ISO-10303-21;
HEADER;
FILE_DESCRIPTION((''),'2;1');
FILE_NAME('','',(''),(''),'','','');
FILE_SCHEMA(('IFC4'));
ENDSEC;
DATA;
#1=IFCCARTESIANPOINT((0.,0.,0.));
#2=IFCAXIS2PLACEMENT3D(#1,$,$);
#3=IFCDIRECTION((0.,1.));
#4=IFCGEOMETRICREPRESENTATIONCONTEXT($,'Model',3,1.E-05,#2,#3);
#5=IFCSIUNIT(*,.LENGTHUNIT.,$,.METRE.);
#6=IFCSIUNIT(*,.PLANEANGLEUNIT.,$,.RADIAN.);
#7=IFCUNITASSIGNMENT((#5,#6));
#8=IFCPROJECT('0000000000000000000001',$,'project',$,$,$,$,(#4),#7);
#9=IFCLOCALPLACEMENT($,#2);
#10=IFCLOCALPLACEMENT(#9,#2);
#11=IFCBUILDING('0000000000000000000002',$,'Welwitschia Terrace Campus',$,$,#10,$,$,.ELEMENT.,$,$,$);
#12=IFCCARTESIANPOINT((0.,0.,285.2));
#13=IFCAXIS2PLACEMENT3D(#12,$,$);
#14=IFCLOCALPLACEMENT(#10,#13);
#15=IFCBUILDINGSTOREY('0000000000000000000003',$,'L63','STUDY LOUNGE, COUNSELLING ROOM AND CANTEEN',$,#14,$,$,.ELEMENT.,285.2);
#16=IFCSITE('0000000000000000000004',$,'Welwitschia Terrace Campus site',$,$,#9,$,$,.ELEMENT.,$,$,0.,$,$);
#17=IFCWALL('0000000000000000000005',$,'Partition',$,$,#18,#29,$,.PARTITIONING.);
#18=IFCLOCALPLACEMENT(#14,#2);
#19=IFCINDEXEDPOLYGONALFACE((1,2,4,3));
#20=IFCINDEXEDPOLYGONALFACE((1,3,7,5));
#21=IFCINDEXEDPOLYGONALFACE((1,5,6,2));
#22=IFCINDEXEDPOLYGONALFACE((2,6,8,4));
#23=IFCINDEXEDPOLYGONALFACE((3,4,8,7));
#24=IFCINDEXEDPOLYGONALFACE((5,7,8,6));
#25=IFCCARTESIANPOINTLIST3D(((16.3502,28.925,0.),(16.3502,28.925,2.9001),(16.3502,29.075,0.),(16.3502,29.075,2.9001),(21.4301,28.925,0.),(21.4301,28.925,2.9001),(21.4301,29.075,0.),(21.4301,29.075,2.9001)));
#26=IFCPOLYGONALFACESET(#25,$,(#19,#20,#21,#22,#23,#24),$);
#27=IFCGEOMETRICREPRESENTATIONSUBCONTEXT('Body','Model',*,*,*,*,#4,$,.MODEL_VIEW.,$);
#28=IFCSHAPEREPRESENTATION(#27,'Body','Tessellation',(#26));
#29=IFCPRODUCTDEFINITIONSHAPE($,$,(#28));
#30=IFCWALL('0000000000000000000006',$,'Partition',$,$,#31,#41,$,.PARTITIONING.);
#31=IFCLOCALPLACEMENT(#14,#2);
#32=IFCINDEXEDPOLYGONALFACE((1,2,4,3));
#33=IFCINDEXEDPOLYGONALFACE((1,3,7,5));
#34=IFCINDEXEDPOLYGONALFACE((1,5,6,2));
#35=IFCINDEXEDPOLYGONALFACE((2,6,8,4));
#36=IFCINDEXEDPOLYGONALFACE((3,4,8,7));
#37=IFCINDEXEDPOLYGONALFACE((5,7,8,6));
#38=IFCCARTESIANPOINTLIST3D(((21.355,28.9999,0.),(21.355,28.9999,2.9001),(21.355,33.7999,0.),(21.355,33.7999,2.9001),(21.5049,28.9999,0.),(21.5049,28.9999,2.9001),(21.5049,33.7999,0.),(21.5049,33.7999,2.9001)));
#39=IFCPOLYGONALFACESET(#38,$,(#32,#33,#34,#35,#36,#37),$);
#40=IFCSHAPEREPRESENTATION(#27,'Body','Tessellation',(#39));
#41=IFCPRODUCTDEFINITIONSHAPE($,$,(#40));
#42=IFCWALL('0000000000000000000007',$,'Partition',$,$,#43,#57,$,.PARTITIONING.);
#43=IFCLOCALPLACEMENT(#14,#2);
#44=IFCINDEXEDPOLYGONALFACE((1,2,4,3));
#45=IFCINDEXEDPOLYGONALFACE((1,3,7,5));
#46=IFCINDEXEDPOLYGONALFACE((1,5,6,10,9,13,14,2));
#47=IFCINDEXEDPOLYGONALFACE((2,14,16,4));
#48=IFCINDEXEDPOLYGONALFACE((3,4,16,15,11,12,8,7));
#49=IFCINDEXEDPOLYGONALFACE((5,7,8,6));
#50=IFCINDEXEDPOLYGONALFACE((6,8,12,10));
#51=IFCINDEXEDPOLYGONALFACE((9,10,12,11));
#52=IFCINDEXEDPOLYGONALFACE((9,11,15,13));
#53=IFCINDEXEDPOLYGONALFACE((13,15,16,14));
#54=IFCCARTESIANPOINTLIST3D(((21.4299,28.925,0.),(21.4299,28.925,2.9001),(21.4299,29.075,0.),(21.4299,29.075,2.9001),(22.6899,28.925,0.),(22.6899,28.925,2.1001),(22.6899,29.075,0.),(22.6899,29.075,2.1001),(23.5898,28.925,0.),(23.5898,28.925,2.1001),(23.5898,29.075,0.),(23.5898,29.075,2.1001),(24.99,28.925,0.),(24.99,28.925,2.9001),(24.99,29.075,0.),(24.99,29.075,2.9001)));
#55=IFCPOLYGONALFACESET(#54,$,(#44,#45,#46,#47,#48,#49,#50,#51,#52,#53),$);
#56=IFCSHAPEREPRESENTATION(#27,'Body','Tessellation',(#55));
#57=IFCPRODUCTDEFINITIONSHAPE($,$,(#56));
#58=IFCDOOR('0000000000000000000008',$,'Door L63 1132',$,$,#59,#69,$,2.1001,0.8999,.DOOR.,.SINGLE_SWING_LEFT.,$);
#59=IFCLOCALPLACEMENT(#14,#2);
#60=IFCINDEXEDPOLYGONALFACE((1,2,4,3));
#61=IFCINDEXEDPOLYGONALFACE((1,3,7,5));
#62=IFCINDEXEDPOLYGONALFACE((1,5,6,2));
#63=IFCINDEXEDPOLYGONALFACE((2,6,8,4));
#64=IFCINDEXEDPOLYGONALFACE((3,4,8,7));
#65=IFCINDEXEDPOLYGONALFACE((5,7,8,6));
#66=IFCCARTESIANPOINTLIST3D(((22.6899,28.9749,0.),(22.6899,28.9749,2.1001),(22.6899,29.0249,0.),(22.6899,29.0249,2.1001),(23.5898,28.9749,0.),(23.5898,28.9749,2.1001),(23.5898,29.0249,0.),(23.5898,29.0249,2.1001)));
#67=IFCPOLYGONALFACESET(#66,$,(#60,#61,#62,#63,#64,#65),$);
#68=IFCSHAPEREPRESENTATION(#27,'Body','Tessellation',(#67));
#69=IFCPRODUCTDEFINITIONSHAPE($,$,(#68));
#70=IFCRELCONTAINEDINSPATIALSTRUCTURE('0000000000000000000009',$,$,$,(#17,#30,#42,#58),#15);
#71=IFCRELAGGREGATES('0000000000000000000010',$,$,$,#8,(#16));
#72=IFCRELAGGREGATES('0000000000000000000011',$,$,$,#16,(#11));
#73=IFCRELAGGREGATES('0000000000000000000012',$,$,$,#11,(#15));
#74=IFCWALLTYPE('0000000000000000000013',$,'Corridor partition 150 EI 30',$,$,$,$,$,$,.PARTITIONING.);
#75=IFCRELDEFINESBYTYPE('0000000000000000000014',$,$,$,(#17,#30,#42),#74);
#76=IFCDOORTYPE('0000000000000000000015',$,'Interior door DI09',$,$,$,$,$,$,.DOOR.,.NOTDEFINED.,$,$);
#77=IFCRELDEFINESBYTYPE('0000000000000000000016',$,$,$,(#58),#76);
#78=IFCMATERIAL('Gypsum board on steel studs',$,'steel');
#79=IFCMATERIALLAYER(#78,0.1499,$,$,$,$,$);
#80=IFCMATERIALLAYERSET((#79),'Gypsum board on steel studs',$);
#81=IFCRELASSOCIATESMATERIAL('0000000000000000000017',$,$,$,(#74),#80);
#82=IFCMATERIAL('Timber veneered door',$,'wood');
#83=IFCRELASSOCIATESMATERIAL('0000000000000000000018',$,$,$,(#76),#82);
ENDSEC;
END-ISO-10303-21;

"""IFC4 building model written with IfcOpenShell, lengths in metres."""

from ifc_helpers import new_model, si_unit, direction, frame, frame_2d, origin, place, context, subcontext, project, spatial, rectangle, extrude, material, layer, layer_set, type_object, element, fill, save


model = new_model("IFC4")

# Units and contexts
model_context = context("Model", 3, precision=1e-05, world=origin(), true_north=direction((0.0, 1.0)))
body_context = subcontext(model_context, "Body", "Model", "MODEL_VIEW")
ifc_project = project(units=[si_unit("LENGTHUNIT", "METRE"), si_unit("PLANEANGLEUNIT", "RADIAN")], contexts=[model_context])

# Site, building, storey
site_placement = place(None, origin())
site = spatial("IfcSite", under=ifc_project, at=site_placement, Name="Welwitschia Terrace Campus site", CompositionType="ELEMENT", RefElevation=0.0)
building_placement = place(site_placement, origin())
building = spatial("IfcBuilding", under=site, at=building_placement, Name="Welwitschia Terrace Campus", CompositionType="ELEMENT")
storey_placement = place(building_placement, frame((0.0, 0.0, 285.2)))
storey = spatial("IfcBuildingStorey", under=building, at=storey_placement, Name="L63", Description="STUDY LOUNGE, COUNSELLING ROOM AND CANTEEN", CompositionType="ELEMENT", Elevation=285.2)

# Shared definitions
ifc_material_1 = material(Name="Gypsum board on steel studs", Category="steel")
ifc_layer_1 = layer(ifc_material_1, 0.1499)
ifc_layer_set_1 = layer_set([ifc_layer_1], Name="Gypsum board on steel studs")
wall_type_1 = type_object("IfcWallType", Name="Corridor partition 150 EI 30", PredefinedType="PARTITIONING", material=ifc_layer_set_1)
ifc_material_2 = material(Name="Timber veneered door", Category="wood")
door_type_1 = type_object("IfcDoorType", Name="Interior door DI09", OperationType="NOTDEFINED", PredefinedType="DOOR", material=ifc_material_2)

# Walls
wall_1_placement = place(storey_placement, frame((16.3501, 29.0, 0.0), z_axis=(0.0, 0.0, 1.0), x_axis=(1.0, 0.0, 0.0)))
element("IfcWall", 1, at=wall_1_placement, inside=storey, type_object=wall_type_1, Name="Partition", PredefinedType="PARTITIONING", context=body_context, shape_type="SweptSolid", body=[
    extrude(rectangle(XDim=5.0798, YDim=0.1499, at=frame_2d((2.54, 0.0))), origin(), (0.0, 0.0, 1.0), 2.9001),
])
wall_2_placement = place(storey_placement, frame((21.4299, 29.0, 0.0), z_axis=(0.0, 0.0, 1.0), x_axis=(0.0, 1.0, 0.0)))
element("IfcWall", 2, at=wall_2_placement, inside=storey, type_object=wall_type_1, Name="Partition", PredefinedType="PARTITIONING", context=body_context, shape_type="SweptSolid", body=[
    extrude(rectangle(XDim=4.8, YDim=0.1499, at=frame_2d((2.3999, 0.0))), origin(), (0.0, 0.0, 1.0), 2.9001),
])

# Wall, opening, door
wall_3_placement = place(storey_placement, frame((21.4299, 29.0, 0.0), z_axis=(0.0, 0.0, 1.0), x_axis=(1.0, 0.0, 0.0)))
wall_3 = element("IfcWall", 3, at=wall_3_placement, inside=storey, type_object=wall_type_1, Name="Partition", PredefinedType="PARTITIONING", context=body_context, shape_type="SweptSolid", body=[
    extrude(rectangle(XDim=3.5601, YDim=0.1499, at=frame_2d((1.78, 0.0))), origin(), (0.0, 0.0, 1.0), 2.9001),
])
opening_1_placement = place(wall_3_placement, frame((1.26, 0.0, 0.0)))
opening_1 = element("IfcOpeningElement", 4, at=opening_1_placement, cuts=wall_3, PredefinedType="OPENING", context=body_context, shape_type="SweptSolid", body=[
    extrude(rectangle(XDim=0.8999, YDim=2.1001, at=frame_2d((0.45, 1.05))), frame((0.0, 0.085, 0.0), z_axis=(0.0, -1.0, 0.0), x_axis=(1.0, 0.0, 0.0)), (0.0, 0.0, 1.0), 0.1699),
])
door_1_placement = place(opening_1_placement, origin())
door_1 = element("IfcDoor", 5, at=door_1_placement, inside=storey, type_object=door_type_1, Name="Door L63 1132", OperationType="SINGLE_SWING_LEFT", OverallHeight=2.1001, OverallWidth=0.8999, PredefinedType="DOOR", context=body_context, shape_type="SweptSolid", body=[
    extrude(rectangle(XDim=0.8999, YDim=2.1001, at=frame_2d((0.45, 1.05))), frame((0.0, 0.0249, 0.0), z_axis=(0.0, -1.0, 0.0), x_axis=(1.0, 0.0, 0.0)), (0.0, 0.0, 1.0), 0.05),
])
fill(opening_1, door_1)

save(model, "model.ifc")
